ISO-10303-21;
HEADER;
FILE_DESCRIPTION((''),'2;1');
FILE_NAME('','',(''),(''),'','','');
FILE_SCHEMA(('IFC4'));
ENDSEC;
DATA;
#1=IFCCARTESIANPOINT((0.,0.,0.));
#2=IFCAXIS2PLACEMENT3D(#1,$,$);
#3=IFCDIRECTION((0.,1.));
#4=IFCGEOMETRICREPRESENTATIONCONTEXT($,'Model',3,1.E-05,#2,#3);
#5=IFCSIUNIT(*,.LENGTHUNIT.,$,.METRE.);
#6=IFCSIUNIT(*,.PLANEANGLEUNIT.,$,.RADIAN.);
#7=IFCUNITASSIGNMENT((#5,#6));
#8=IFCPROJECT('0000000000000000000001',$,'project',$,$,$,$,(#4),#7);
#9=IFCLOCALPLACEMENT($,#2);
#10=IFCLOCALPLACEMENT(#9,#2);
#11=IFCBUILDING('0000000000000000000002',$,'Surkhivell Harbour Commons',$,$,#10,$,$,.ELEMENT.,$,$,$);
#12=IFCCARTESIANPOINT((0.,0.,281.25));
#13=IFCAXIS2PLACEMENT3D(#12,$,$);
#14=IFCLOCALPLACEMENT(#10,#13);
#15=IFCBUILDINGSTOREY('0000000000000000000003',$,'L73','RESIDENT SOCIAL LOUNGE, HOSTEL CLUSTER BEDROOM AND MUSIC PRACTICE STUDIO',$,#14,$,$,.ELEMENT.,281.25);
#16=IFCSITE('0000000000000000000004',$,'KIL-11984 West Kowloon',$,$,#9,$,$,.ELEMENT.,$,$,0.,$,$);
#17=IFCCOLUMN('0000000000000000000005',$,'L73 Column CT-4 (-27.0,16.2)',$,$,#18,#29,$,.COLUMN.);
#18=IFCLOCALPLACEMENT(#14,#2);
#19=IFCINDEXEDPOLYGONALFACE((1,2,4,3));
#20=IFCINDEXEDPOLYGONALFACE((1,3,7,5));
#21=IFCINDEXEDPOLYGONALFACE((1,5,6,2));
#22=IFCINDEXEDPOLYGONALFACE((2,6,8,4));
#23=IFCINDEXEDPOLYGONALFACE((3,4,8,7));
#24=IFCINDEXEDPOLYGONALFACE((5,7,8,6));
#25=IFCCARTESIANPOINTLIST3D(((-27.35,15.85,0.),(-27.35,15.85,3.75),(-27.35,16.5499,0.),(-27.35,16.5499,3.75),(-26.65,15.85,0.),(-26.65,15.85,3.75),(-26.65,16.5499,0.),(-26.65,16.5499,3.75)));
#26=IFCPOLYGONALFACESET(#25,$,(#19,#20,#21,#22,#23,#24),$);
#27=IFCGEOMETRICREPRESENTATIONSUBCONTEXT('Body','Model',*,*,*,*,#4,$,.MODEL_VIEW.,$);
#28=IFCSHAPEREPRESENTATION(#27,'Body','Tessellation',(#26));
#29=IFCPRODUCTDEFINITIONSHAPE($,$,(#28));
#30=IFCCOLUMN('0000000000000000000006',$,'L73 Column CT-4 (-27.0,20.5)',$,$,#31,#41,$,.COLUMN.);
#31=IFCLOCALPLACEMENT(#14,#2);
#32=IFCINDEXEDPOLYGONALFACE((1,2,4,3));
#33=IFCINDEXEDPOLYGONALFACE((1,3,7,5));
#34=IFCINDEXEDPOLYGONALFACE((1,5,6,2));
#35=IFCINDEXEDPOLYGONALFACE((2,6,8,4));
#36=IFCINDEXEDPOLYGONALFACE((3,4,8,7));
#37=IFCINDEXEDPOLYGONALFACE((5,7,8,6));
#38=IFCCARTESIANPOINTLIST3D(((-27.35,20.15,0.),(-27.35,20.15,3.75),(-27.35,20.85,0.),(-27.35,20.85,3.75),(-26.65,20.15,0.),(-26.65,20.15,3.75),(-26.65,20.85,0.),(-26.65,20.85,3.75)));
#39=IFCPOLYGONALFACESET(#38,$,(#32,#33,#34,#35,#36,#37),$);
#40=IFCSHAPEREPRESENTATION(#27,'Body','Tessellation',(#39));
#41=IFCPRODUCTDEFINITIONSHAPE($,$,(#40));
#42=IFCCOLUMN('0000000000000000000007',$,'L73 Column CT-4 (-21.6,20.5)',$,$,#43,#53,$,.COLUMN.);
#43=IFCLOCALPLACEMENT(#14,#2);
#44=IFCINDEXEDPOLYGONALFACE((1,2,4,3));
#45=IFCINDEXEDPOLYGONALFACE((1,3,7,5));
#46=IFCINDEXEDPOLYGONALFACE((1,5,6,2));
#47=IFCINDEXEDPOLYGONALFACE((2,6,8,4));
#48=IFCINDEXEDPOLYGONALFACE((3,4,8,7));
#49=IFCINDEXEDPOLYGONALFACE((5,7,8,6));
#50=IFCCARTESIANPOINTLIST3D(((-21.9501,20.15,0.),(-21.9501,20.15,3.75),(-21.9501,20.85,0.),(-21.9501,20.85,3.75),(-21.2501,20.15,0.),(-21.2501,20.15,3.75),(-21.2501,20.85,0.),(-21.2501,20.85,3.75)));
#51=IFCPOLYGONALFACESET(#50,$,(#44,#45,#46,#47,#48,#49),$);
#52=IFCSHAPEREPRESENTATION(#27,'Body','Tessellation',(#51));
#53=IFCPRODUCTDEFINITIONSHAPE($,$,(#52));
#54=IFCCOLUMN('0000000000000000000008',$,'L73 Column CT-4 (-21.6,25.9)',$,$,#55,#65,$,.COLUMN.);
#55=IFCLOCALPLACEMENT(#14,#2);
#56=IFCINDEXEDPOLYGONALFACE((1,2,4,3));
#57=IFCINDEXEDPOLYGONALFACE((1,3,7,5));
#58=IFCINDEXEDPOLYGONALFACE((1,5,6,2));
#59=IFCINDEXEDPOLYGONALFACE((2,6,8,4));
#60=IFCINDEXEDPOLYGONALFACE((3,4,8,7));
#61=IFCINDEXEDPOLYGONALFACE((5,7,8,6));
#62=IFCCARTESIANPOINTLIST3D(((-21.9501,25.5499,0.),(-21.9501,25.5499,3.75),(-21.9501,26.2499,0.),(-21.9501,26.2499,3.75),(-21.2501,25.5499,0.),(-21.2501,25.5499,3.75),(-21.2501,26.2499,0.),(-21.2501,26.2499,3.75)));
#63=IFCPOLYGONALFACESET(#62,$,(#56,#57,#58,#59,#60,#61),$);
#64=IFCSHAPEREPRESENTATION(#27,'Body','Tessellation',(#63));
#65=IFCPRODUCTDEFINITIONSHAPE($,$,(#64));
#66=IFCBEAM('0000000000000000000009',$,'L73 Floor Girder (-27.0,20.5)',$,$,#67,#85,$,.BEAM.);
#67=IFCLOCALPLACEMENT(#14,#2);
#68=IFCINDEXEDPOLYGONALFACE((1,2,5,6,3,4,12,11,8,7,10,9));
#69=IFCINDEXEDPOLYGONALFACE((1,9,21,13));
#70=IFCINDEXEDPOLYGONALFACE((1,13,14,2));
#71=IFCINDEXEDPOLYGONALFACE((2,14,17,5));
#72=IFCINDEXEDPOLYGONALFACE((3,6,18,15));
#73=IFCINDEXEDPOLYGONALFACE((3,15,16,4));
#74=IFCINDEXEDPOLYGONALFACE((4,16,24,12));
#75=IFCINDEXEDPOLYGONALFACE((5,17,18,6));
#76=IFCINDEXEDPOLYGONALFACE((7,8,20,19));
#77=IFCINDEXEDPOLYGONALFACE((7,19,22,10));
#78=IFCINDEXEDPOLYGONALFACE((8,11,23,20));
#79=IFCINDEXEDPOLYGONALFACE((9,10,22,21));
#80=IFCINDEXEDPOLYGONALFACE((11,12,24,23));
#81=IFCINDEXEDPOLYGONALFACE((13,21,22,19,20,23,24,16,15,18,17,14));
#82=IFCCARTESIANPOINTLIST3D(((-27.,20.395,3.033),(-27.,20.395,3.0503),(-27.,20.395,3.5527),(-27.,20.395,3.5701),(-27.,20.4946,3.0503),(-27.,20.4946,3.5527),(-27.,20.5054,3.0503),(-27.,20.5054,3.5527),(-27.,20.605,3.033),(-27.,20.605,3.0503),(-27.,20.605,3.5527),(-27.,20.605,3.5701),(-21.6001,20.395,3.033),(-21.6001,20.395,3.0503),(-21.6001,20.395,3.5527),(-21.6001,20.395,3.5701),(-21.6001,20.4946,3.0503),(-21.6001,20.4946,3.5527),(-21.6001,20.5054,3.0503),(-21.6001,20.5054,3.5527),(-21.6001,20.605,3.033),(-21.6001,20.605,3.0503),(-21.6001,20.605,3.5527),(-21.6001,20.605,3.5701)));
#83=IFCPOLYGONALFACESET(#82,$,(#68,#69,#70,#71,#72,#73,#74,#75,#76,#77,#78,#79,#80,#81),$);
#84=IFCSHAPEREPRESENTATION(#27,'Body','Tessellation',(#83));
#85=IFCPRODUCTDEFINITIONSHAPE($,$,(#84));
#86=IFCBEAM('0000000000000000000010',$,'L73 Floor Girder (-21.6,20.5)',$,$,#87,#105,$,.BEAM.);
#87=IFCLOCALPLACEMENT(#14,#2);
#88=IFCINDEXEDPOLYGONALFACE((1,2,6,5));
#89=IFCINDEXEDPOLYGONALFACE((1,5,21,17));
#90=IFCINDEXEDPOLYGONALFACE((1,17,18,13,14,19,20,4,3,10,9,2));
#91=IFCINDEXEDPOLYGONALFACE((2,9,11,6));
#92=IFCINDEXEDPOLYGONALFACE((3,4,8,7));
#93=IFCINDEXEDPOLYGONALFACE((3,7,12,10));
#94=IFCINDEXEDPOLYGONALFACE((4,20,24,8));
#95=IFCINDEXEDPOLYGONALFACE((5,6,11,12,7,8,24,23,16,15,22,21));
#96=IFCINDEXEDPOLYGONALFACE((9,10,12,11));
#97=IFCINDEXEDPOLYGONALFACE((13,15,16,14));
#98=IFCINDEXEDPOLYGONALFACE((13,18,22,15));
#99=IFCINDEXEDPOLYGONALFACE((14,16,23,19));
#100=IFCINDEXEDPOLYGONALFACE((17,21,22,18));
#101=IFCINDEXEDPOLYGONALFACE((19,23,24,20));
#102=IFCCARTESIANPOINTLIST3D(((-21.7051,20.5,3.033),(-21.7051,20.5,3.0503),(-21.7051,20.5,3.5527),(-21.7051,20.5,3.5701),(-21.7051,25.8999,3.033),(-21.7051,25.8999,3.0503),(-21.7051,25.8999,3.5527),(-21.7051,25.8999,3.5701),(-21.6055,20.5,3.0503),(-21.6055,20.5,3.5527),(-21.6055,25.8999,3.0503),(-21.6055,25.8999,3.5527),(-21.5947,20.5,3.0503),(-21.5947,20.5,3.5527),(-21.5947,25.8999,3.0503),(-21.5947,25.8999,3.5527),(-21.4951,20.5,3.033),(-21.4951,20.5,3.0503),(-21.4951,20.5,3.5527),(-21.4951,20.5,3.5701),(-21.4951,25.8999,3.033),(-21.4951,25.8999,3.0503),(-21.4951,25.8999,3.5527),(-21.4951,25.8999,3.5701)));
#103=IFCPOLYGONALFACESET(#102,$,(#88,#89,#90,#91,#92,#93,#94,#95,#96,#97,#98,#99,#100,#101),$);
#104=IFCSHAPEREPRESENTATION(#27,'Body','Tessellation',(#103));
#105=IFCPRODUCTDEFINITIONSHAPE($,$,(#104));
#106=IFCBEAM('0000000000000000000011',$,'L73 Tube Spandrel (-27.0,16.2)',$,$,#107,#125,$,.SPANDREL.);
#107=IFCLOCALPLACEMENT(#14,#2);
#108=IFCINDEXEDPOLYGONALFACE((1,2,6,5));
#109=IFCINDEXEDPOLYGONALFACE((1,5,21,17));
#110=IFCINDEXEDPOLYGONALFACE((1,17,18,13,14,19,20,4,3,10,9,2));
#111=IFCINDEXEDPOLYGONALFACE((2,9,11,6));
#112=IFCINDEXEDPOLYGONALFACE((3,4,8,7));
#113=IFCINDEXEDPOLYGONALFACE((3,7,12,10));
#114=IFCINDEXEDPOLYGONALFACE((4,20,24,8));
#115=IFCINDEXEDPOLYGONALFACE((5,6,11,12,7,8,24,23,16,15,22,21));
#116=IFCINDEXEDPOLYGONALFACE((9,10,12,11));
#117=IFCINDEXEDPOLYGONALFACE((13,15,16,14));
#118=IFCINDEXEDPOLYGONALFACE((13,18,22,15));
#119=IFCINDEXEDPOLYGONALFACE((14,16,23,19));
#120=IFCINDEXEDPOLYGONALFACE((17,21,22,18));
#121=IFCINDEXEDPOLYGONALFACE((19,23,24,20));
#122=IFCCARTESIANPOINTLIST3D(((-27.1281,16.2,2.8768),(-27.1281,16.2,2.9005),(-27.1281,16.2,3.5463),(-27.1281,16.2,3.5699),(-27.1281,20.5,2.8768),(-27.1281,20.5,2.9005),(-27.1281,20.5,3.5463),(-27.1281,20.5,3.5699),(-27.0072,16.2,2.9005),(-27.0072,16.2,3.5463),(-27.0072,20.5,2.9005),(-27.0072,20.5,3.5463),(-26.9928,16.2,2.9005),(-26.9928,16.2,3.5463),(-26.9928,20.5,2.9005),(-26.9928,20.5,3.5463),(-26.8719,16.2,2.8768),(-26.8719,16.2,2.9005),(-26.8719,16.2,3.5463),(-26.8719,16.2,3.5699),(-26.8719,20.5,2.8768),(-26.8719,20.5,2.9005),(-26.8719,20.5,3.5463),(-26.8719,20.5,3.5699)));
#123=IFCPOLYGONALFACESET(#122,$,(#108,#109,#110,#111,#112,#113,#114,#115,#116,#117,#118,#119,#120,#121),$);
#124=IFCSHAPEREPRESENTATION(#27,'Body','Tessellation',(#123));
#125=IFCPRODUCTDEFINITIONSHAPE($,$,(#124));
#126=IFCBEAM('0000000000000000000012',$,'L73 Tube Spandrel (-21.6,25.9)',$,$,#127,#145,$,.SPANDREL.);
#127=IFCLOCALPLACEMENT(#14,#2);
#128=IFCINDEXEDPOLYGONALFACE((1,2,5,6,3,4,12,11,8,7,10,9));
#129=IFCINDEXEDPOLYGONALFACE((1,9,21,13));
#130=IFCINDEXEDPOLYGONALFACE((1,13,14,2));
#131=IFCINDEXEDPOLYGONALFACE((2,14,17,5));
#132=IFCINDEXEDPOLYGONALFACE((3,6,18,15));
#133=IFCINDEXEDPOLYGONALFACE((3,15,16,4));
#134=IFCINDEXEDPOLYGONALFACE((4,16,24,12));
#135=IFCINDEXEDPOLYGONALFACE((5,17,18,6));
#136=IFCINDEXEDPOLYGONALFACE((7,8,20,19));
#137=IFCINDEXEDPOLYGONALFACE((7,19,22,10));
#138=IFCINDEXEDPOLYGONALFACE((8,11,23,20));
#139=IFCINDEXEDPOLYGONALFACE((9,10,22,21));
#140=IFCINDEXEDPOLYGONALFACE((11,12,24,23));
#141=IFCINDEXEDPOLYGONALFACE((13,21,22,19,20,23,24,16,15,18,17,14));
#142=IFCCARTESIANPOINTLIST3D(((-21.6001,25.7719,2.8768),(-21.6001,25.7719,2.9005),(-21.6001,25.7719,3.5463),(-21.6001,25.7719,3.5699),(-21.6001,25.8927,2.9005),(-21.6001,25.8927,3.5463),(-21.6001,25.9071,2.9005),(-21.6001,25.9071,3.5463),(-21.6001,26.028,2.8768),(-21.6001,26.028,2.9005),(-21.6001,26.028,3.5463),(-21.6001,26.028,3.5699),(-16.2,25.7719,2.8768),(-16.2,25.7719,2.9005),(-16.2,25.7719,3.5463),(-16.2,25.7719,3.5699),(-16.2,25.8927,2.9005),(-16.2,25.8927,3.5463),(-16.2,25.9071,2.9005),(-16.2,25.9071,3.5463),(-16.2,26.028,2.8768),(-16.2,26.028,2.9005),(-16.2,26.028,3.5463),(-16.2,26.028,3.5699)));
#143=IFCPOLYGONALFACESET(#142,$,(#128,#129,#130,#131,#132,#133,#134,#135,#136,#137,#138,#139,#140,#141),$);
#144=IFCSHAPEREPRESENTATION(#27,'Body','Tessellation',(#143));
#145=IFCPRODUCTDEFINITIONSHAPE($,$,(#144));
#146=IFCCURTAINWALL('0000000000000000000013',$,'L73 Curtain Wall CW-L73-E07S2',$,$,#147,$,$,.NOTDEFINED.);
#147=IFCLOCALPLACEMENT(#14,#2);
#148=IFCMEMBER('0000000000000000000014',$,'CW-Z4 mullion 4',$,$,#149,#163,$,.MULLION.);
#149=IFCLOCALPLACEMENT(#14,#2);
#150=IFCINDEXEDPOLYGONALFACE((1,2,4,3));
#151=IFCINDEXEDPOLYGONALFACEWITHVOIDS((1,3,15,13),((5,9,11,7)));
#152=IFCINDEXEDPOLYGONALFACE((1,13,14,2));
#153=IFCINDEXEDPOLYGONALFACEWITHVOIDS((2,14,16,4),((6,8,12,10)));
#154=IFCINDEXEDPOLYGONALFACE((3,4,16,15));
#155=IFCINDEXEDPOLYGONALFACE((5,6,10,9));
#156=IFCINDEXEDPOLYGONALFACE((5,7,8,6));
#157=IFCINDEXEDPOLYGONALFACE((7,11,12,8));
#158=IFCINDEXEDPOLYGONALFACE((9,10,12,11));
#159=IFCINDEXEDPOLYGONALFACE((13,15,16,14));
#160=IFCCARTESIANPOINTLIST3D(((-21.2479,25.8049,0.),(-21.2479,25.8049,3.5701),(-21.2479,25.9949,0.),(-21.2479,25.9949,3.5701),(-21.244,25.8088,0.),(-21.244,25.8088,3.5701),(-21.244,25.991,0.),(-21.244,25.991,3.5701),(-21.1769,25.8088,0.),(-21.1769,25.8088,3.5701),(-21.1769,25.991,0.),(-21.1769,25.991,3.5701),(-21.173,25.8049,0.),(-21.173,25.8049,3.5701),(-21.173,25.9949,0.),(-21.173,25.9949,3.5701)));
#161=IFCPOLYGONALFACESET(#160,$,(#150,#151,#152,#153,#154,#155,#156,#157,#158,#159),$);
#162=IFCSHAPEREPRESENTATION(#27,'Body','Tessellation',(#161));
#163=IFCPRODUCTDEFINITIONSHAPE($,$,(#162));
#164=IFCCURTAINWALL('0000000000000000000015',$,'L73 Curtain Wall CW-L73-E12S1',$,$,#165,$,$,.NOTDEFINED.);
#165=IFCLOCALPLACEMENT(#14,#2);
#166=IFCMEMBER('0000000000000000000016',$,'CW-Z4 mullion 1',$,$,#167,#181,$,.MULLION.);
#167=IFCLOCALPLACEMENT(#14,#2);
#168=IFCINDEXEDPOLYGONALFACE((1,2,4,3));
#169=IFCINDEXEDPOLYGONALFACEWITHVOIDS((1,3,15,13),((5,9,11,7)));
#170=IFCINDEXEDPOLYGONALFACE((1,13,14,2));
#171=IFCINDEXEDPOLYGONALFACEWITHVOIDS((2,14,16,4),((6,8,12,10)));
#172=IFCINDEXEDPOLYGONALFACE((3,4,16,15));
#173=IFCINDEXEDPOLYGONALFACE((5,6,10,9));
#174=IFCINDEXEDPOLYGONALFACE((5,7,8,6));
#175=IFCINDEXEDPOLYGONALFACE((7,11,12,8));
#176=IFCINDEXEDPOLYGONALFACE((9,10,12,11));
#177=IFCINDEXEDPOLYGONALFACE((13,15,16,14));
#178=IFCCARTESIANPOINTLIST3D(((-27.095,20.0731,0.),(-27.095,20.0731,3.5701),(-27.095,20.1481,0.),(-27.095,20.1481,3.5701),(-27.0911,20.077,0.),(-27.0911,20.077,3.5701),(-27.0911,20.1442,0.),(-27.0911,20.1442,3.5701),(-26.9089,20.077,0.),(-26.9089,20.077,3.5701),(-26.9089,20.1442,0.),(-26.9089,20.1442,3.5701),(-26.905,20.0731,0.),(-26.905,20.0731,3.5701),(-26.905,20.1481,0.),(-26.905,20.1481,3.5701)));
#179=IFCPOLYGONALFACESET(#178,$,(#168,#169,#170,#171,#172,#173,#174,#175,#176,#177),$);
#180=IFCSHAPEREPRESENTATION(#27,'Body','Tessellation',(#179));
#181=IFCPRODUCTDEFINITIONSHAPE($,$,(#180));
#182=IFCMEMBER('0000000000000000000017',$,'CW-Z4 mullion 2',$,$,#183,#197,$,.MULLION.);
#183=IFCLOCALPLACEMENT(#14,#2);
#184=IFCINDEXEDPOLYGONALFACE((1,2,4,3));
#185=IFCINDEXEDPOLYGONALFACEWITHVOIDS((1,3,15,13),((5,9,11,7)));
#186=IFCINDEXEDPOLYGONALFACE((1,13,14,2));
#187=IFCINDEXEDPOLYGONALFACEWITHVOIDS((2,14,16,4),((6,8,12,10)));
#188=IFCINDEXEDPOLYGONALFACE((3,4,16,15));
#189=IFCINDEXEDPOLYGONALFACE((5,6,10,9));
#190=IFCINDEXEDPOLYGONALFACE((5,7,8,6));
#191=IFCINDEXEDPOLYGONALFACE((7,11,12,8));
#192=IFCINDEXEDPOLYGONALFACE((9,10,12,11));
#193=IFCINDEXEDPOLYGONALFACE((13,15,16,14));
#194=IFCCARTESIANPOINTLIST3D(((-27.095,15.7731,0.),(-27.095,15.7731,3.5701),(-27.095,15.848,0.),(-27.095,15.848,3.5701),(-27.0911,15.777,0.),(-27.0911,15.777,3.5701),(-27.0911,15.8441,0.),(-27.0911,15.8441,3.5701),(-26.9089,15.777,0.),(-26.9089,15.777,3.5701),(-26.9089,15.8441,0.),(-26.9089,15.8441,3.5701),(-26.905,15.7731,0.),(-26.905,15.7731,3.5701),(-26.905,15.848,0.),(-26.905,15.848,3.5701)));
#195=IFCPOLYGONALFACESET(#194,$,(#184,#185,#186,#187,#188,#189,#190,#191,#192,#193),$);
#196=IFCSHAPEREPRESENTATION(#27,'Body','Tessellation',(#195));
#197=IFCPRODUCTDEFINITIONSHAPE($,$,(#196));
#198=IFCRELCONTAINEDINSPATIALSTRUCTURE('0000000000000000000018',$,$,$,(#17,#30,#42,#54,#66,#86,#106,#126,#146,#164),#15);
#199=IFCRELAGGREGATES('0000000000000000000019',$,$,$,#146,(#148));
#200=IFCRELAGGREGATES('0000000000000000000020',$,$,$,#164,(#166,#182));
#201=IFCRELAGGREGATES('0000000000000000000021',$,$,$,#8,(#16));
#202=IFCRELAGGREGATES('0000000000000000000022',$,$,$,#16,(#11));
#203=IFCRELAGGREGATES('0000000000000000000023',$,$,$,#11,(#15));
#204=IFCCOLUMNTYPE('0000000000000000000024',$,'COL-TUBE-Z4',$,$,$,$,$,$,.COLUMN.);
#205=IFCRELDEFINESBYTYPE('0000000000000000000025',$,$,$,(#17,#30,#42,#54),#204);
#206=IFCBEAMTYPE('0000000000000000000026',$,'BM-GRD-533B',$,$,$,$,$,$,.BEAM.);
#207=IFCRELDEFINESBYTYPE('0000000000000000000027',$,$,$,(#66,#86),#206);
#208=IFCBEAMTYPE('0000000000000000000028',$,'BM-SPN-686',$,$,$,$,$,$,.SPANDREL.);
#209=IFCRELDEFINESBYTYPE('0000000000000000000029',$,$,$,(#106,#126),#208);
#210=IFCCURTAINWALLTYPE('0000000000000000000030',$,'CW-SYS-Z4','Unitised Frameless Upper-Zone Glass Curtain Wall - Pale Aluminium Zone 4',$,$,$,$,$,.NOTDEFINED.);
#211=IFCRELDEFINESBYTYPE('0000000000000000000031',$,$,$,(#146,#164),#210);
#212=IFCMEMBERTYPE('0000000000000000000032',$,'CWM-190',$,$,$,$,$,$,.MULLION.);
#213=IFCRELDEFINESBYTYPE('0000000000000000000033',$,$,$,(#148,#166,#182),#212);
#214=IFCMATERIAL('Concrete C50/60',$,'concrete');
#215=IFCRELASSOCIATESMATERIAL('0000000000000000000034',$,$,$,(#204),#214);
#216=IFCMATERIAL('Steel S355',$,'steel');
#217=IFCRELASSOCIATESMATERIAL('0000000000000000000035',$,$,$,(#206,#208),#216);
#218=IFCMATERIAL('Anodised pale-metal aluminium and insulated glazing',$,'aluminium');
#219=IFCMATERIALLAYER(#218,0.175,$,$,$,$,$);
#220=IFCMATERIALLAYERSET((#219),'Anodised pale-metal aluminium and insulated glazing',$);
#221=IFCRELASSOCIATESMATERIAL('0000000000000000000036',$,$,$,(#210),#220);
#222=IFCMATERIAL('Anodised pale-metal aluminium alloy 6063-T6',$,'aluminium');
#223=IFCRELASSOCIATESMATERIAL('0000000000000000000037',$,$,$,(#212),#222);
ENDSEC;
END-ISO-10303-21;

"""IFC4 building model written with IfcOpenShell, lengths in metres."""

from ifc_helpers import new_model, si_unit, direction, frame, origin, origin_2d, place, context, subcontext, project, spatial, rectangle, hollow_rectangle, i_section, extrude, material, layer, layer_set, material_profile, profile_set, type_object, element, aggregate, save


model = new_model("IFC4")

# Units and contexts
model_context = context("Model", 3, precision=1e-05, world=origin(), true_north=direction((0.0, 1.0)))
body_context = subcontext(model_context, "Body", "Model", "MODEL_VIEW")
ifc_project = project(units=[si_unit("LENGTHUNIT", "METRE"), si_unit("PLANEANGLEUNIT", "RADIAN")], contexts=[model_context])

# Site, building, storey
site_placement = place(None, origin())
site = spatial("IfcSite", under=ifc_project, at=site_placement, Name="KIL-11984 West Kowloon", CompositionType="ELEMENT", RefElevation=0.0)
building_placement = place(site_placement, origin())
building = spatial("IfcBuilding", under=site, at=building_placement, Name="Surkhivell Harbour Commons", CompositionType="ELEMENT")
storey_placement = place(building_placement, frame((0.0, 0.0, 281.25)))
storey = spatial("IfcBuildingStorey", under=building, at=storey_placement, Name="L73", Description="RESIDENT SOCIAL LOUNGE, HOSTEL CLUSTER BEDROOM AND MUSIC PRACTICE STUDIO", CompositionType="ELEMENT", Elevation=281.25)

# Columns
ifc_material_1 = material(Name="Concrete C50/60", Category="concrete")
ifc_material_profile_1 = material_profile(ifc_material_1, rectangle(XDim=0.7, YDim=0.7, at=origin_2d()), Name="RC-COL-700x700")
ifc_profile_set_1 = profile_set([ifc_material_profile_1], Name="Concrete C50/60")
column_type = type_object("IfcColumnType", Name="COL-TUBE-Z4", PredefinedType="COLUMN", material=ifc_profile_set_1)
for number, where, z_axis, x_axis, name in (
    (1, (-27.0, 16.2, 0.0), (0.0, 0.0, 1.0), (1.0, 0.0, 0.0), "L73 Column CT-4 (-27.0,16.2)"),
    (2, (-27.0, 20.5, 0.0), (0.0, 0.0, 1.0), (1.0, 0.0, 0.0), "L73 Column CT-4 (-27.0,20.5)"),
    (3, (-21.6001, 20.5, 0.0), (0.0, 0.0, 1.0), (1.0, 0.0, 0.0), "L73 Column CT-4 (-21.6,20.5)"),
    (4, (-21.6001, 25.8999, 0.0), (0.0, 0.0, 1.0), (1.0, 0.0, 0.0), "L73 Column CT-4 (-21.6,25.9)"),
):
    element("IfcColumn", number, at=place(storey_placement, frame(where, z_axis=z_axis, x_axis=x_axis)), inside=storey, type_object=column_type, Name=name, PredefinedType="COLUMN", context=body_context, shape_type="SweptSolid", body=[
        extrude(rectangle(XDim=0.7, YDim=0.7, at=origin_2d()), origin(), (0.0, 0.0, 1.0), 3.75),
    ])

# Beams
ifc_material_2 = material(Name="Steel S355", Category="steel")
ifc_material_profile_2 = material_profile(ifc_material_2, i_section(OverallWidth=0.21, OverallDepth=0.5371, WebThickness=0.0107, FlangeThickness=0.0173, at=origin_2d()), Name="UB533x210x101")
ifc_profile_set_2 = profile_set([ifc_material_profile_2], Name="Steel S355")
beam_type_1 = type_object("IfcBeamType", Name="BM-GRD-533B", PredefinedType="BEAM", material=ifc_profile_set_2)
for number, where, z_axis, x_axis, name in (
    (5, (-27.0, 20.5, 3.3015), (1.0, 0.0, 0.0), (0.0, 1.0, 0.0), "L73 Floor Girder (-27.0,20.5)"),
    (6, (-21.6001, 20.5, 3.3015), (0.0, 1.0, 0.0), (-1.0, 0.0, 0.0), "L73 Floor Girder (-21.6,20.5)"),
):
    element("IfcBeam", number, at=place(storey_placement, frame(where, z_axis=z_axis, x_axis=x_axis)), inside=storey, type_object=beam_type_1, Name=name, PredefinedType="BEAM", context=body_context, shape_type="SweptSolid", body=[
        extrude(i_section(OverallWidth=0.21, OverallDepth=0.5371, WebThickness=0.0107, FlangeThickness=0.0173, at=origin_2d()), origin(), (0.0, 0.0, 1.0), 5.3999),
    ])
ifc_material_profile_3 = material_profile(ifc_material_2, i_section(OverallWidth=0.2561, OverallDepth=0.6931, WebThickness=0.0144, FlangeThickness=0.0237, at=origin_2d()), Name="UB686x254x170")
ifc_profile_set_3 = profile_set([ifc_material_profile_3], Name="Steel S355")
beam_type_2 = type_object("IfcBeamType", Name="BM-SPN-686", PredefinedType="SPANDREL", material=ifc_profile_set_3)
beam_1_placement = place(storey_placement, frame((-27.0, 16.2, 3.2234), z_axis=(0.0, 1.0, 0.0), x_axis=(-1.0, 0.0, 0.0)))
element("IfcBeam", 7, at=beam_1_placement, inside=storey, type_object=beam_type_2, Name="L73 Tube Spandrel (-27.0,16.2)", PredefinedType="SPANDREL", context=body_context, shape_type="SweptSolid", body=[
    extrude(i_section(OverallWidth=0.2561, OverallDepth=0.6931, WebThickness=0.0144, FlangeThickness=0.0237, at=origin_2d()), origin(), (0.0, 0.0, 1.0), 4.3),
])
beam_2_placement = place(storey_placement, frame((-21.6001, 25.8999, 3.2234), z_axis=(1.0, 0.0, 0.0), x_axis=(0.0, 1.0, 0.0)))
element("IfcBeam", 8, at=beam_2_placement, inside=storey, type_object=beam_type_2, Name="L73 Tube Spandrel (-21.6,25.9)", PredefinedType="SPANDREL", context=body_context, shape_type="SweptSolid", body=[
    extrude(i_section(OverallWidth=0.2561, OverallDepth=0.6931, WebThickness=0.0144, FlangeThickness=0.0237, at=origin_2d()), origin(), (0.0, 0.0, 1.0), 5.4001),
])

# Curtain wall, member
ifc_material_3 = material(Name="Anodised pale-metal aluminium and insulated glazing", Category="aluminium")
ifc_layer_1 = layer(ifc_material_3, 0.175)
ifc_layer_set_1 = layer_set([ifc_layer_1], Name="Anodised pale-metal aluminium and insulated glazing")
curtain_wall_type = type_object("IfcCurtainWallType", Name="CW-SYS-Z4", Description="Unitised Frameless Upper-Zone Glass Curtain Wall - Pale Aluminium Zone 4", PredefinedType="NOTDEFINED", material=ifc_layer_set_1)
curtain_wall_1_placement = place(storey_placement, origin())
curtain_wall_1 = element("IfcCurtainWall", 9, at=curtain_wall_1_placement, inside=storey, type_object=curtain_wall_type, Name="L73 Curtain Wall CW-L73-E07S2", PredefinedType="NOTDEFINED")
ifc_material_4 = material(Name="Anodised pale-metal aluminium alloy 6063-T6", Category="aluminium")
ifc_material_profile_4 = material_profile(ifc_material_4, hollow_rectangle(XDim=0.075, YDim=0.1899, WallThickness=0.0039, at=origin_2d()), Name="ALU-MULL-75x190")
ifc_profile_set_4 = profile_set([ifc_material_profile_4], Name="Anodised pale-metal aluminium alloy 6063-T6")
member_type_1 = type_object("IfcMemberType", Name="CWM-190", PredefinedType="MULLION", material=ifc_profile_set_4)
member_1_placement = place(storey_placement, frame((-21.2104, 25.8999, 0.0), z_axis=(0.0, 0.0, 1.0), x_axis=(-1.0, 0.0, 0.0)))
member_1 = element("IfcMember", 10, at=member_1_placement, type_object=member_type_1, Name="CW-Z4 mullion 4", PredefinedType="MULLION", context=body_context, shape_type="SweptSolid", body=[
    extrude(hollow_rectangle(XDim=0.075, YDim=0.1899, WallThickness=0.0039, at=origin_2d()), origin(), (0.0, 0.0, 1.0), 3.5701),
])

# Curtain wall, members
curtain_wall_2_placement = place(storey_placement, origin())
curtain_wall_2 = element("IfcCurtainWall", 11, at=curtain_wall_2_placement, inside=storey, type_object=curtain_wall_type, Name="L73 Curtain Wall CW-L73-E12S1", PredefinedType="NOTDEFINED")
member_2_placement = place(storey_placement, frame((-27.0, 20.1106, 0.0), z_axis=(0.0, 0.0, 1.0), x_axis=(0.0, -1.0, 0.0)))
member_2 = element("IfcMember", 12, at=member_2_placement, type_object=member_type_1, Name="CW-Z4 mullion 1", PredefinedType="MULLION", context=body_context, shape_type="SweptSolid", body=[
    extrude(hollow_rectangle(XDim=0.075, YDim=0.1899, WallThickness=0.0039, at=origin_2d()), origin(), (0.0, 0.0, 1.0), 3.5701),
])
member_3_placement = place(storey_placement, frame((-27.0, 15.8105, 0.0), z_axis=(0.0, 0.0, 1.0), x_axis=(0.0, -1.0, 0.0)))
member_3 = element("IfcMember", 13, at=member_3_placement, type_object=member_type_1, Name="CW-Z4 mullion 2", PredefinedType="MULLION", context=body_context, shape_type="SweptSolid", body=[
    extrude(hollow_rectangle(XDim=0.075, YDim=0.1899, WallThickness=0.0039, at=origin_2d()), origin(), (0.0, 0.0, 1.0), 3.5701),
])

aggregate(curtain_wall_1, [member_1])
aggregate(curtain_wall_2, [member_2, member_3])

save(model, "model.ifc")
